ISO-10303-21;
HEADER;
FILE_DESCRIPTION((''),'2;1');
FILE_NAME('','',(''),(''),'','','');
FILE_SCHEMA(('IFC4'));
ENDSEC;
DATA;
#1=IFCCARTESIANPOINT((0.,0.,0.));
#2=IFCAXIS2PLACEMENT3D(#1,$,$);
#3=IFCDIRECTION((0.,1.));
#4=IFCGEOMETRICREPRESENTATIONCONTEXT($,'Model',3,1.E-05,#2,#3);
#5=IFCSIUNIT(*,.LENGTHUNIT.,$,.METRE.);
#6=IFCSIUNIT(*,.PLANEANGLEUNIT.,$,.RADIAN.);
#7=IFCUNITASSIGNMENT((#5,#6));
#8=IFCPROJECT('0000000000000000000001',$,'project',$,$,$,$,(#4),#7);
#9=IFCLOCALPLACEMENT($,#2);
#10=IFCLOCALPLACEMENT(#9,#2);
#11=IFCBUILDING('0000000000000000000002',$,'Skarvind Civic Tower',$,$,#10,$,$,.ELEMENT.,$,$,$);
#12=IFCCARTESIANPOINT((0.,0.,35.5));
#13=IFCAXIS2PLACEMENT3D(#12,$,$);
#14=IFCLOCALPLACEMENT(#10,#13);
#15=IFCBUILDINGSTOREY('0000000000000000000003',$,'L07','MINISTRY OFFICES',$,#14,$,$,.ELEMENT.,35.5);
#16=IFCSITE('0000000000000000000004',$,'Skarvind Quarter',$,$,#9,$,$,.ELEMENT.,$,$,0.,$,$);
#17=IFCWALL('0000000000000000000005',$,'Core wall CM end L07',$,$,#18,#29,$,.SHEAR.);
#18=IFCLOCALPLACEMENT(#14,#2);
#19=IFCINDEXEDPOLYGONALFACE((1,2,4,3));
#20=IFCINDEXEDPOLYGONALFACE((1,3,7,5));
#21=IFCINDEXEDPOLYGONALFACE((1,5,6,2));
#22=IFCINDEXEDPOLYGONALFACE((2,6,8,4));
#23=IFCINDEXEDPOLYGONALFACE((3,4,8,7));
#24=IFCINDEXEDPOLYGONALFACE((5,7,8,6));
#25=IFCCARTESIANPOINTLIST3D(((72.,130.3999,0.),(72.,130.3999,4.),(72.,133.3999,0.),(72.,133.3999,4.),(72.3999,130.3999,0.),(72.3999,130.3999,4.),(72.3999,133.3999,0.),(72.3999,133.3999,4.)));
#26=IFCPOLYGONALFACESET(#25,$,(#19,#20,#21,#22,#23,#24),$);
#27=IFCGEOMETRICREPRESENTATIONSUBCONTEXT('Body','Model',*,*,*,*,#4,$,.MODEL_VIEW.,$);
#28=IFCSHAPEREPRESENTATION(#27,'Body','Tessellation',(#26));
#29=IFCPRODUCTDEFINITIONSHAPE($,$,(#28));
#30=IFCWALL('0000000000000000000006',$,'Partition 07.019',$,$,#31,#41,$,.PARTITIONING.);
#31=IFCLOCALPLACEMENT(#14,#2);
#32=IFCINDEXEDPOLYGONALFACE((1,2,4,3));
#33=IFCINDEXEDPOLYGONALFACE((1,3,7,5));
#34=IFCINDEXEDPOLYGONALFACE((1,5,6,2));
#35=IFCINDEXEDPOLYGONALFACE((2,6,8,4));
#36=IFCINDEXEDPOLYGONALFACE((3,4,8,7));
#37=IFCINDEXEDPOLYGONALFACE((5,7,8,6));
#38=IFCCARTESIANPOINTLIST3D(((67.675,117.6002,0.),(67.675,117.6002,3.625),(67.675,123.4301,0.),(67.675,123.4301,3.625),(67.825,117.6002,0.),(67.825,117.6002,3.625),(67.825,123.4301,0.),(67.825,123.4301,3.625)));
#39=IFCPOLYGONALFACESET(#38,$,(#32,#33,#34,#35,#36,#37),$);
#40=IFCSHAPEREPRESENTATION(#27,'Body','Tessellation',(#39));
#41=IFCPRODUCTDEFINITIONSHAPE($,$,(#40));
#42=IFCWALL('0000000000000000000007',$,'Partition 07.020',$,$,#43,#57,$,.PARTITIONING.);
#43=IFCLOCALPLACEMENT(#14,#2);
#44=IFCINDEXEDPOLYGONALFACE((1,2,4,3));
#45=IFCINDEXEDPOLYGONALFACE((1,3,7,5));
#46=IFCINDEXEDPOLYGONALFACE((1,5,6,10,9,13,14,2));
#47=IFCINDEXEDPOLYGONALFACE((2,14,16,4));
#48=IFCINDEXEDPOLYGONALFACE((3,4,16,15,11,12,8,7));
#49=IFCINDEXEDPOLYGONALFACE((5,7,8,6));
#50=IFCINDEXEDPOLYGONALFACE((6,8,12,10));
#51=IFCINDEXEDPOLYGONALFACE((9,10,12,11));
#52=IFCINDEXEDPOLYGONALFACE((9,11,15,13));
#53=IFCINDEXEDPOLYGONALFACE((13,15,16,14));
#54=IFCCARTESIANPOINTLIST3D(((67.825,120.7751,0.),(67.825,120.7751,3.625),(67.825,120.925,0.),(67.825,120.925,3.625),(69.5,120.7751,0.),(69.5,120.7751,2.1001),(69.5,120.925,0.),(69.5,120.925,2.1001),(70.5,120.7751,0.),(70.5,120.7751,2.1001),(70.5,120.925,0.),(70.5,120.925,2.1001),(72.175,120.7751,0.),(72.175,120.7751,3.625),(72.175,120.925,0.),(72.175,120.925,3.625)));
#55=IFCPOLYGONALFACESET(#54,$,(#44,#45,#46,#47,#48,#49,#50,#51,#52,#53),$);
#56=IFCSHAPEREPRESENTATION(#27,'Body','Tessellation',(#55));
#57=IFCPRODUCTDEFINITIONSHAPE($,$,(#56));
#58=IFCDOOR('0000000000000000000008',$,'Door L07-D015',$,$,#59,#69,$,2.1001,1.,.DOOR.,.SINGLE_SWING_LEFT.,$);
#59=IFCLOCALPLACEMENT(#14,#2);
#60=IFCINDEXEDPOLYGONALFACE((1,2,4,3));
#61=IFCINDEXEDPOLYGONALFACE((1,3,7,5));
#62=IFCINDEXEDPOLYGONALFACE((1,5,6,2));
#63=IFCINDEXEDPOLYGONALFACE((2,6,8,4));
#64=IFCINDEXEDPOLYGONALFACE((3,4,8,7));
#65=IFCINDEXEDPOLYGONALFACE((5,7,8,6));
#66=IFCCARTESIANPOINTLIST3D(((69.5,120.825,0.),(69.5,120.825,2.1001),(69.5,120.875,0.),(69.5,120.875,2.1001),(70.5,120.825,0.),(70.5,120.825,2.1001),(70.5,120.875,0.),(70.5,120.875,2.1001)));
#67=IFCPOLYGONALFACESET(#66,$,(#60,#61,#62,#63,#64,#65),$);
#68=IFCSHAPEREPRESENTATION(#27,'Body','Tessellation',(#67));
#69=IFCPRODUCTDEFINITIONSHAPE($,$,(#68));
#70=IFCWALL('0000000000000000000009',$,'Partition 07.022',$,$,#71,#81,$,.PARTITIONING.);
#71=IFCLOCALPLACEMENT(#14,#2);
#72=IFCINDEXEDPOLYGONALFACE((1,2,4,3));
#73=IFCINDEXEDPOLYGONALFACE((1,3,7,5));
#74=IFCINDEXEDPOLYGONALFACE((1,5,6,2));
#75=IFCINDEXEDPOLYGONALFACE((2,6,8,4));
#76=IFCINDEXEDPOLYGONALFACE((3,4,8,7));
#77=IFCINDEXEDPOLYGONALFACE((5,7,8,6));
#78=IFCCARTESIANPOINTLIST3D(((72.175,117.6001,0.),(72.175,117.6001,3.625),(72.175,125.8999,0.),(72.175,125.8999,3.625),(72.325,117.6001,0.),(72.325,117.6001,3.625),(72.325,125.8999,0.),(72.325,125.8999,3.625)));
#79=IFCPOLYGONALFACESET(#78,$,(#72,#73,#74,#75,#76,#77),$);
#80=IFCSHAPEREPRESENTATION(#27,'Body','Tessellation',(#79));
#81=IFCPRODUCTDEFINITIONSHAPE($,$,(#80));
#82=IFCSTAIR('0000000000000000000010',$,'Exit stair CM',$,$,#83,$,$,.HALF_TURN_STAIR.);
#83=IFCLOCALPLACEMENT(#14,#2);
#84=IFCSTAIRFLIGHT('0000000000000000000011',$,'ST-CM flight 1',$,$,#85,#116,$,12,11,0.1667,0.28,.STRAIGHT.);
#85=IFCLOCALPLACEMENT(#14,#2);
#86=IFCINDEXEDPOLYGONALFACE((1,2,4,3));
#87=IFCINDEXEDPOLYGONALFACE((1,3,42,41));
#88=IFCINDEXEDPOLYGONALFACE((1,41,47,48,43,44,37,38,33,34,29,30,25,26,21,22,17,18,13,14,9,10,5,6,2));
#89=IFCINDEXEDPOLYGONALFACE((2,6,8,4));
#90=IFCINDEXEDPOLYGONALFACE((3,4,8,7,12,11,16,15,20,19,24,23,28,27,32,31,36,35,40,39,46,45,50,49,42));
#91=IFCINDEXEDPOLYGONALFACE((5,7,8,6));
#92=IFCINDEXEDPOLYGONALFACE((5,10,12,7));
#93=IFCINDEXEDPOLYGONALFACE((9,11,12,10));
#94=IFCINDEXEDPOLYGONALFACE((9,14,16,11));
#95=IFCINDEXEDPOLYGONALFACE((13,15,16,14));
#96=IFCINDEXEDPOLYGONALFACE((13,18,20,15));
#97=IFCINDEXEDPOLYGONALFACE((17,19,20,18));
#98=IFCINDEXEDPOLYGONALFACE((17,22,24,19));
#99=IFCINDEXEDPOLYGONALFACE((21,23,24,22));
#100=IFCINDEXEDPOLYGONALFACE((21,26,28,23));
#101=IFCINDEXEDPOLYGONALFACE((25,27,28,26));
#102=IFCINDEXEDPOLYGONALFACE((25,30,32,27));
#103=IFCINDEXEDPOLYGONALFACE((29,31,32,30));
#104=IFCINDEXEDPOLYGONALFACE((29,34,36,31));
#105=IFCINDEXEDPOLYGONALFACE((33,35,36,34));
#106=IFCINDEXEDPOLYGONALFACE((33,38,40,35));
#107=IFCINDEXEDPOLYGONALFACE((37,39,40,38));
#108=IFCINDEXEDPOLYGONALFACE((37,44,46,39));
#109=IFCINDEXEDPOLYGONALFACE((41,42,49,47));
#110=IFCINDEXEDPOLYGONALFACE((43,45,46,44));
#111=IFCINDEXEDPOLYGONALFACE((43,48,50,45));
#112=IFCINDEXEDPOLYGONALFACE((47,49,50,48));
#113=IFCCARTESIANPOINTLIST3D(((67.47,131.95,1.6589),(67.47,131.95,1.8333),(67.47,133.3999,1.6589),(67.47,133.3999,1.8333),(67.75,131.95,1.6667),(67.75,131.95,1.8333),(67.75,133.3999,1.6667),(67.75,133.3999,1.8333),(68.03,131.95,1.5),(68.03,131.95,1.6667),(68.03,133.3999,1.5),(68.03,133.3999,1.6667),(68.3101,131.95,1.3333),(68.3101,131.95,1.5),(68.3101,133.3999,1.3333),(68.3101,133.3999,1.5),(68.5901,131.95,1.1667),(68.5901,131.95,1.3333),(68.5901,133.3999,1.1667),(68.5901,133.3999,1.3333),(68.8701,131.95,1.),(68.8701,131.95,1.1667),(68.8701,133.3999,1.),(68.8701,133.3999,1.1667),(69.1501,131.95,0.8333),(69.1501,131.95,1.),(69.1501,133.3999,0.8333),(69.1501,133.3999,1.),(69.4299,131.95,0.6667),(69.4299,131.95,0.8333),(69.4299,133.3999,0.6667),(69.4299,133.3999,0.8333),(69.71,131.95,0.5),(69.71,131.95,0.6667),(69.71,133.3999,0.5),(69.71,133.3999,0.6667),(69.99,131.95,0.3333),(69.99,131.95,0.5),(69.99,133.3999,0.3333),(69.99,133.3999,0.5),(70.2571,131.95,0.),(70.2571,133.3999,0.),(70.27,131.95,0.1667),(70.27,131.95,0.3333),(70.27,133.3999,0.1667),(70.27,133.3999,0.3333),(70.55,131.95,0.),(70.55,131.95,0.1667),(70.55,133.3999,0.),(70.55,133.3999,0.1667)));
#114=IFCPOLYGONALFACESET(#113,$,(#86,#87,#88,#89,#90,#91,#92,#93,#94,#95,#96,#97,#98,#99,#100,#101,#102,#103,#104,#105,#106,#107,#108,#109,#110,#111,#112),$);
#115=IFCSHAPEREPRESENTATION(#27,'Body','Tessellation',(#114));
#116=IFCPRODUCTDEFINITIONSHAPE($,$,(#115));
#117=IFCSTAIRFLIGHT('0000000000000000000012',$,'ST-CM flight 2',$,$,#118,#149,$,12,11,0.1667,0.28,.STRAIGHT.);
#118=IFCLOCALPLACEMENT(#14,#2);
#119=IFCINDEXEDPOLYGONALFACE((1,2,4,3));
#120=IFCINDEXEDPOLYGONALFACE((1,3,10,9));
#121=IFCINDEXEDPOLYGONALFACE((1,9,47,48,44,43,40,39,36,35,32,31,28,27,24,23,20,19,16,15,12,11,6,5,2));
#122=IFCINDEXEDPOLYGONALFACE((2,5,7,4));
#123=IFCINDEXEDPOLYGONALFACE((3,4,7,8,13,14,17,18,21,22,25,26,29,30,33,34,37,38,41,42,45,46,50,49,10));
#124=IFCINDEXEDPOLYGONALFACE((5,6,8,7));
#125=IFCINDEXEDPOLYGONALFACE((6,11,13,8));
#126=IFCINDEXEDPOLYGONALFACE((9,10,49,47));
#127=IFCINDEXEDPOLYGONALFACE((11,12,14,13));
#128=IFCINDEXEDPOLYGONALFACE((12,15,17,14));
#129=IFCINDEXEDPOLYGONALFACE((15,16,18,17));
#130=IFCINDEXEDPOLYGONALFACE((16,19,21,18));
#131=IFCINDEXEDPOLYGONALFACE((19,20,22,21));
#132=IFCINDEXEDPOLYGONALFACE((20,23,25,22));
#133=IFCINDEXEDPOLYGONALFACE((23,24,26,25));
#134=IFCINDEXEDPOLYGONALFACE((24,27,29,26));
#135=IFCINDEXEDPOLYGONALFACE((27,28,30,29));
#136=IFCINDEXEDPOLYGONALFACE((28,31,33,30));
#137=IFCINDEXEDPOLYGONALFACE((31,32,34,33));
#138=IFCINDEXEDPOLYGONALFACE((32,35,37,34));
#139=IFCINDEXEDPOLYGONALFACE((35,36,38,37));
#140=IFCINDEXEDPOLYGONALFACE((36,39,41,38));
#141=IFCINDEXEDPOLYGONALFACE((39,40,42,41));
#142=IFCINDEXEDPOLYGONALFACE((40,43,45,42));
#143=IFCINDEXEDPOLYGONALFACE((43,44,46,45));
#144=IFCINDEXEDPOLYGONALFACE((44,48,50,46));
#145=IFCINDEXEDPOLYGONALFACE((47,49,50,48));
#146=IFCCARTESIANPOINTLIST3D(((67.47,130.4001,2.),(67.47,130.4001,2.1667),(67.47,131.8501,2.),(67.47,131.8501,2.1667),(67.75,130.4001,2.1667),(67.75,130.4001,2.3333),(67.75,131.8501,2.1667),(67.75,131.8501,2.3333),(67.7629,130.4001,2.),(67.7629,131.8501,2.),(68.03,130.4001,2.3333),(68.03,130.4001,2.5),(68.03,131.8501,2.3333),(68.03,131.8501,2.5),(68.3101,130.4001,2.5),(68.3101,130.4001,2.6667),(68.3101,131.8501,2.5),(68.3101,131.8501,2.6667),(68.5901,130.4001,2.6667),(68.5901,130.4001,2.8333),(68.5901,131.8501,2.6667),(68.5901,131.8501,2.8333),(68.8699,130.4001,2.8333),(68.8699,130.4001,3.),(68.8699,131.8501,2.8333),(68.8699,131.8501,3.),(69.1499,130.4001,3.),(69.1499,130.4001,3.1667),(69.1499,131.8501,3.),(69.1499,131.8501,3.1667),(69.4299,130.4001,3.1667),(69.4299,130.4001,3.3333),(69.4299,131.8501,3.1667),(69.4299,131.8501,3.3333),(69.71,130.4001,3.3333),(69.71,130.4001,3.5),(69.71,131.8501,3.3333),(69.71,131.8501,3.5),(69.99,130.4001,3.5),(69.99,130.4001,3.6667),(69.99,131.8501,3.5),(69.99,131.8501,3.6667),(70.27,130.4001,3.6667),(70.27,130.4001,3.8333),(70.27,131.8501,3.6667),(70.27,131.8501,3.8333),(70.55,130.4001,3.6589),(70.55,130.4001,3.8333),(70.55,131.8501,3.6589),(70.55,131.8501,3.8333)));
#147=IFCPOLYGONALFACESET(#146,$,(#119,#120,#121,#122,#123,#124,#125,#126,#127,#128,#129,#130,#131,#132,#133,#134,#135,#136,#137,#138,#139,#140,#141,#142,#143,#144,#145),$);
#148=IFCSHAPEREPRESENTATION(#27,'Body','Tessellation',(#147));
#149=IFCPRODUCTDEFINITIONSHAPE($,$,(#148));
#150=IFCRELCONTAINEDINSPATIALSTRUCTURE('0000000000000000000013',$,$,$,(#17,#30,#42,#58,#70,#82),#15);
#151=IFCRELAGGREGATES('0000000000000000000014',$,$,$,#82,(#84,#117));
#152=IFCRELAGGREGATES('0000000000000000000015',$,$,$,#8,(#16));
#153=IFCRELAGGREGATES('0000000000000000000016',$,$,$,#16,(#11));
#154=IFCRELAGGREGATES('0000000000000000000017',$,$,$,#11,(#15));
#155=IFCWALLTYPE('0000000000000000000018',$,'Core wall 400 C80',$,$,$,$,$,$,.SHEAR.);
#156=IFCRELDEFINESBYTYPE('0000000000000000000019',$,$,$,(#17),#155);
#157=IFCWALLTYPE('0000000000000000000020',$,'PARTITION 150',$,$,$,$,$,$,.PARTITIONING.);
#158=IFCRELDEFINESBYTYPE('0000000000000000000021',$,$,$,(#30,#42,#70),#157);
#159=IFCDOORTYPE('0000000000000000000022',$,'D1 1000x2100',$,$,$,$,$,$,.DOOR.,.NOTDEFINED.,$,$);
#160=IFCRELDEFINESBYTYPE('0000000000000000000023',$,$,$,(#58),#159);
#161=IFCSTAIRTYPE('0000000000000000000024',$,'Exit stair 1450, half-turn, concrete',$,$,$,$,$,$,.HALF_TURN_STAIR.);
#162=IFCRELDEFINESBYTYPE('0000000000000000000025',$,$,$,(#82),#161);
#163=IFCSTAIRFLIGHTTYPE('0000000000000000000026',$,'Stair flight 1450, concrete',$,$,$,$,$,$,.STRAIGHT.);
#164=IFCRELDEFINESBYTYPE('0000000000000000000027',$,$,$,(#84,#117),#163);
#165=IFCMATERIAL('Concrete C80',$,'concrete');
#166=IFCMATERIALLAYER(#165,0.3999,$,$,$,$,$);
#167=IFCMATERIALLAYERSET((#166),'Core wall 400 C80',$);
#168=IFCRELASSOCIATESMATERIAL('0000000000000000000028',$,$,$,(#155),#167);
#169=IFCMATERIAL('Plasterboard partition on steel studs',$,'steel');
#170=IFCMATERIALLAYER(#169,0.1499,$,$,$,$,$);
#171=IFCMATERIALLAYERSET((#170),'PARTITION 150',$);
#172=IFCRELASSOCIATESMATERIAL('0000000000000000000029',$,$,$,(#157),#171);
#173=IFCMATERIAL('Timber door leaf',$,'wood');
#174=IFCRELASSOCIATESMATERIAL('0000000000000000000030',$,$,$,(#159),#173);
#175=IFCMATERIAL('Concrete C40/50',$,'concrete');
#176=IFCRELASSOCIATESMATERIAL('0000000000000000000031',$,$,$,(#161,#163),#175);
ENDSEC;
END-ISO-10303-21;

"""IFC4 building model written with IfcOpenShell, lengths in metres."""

from ifc_helpers import new_model, si_unit, direction, frame, frame_2d, origin, place, context, subcontext, project, spatial, polyline, rectangle, outline, extrude, material, layer, layer_set, type_object, element, fill, aggregate, save


model = new_model("IFC4")

# Units and contexts
model_context = context("Model", 3, precision=1e-05, world=origin(), true_north=direction((0.0, 1.0)))
body_context = subcontext(model_context, "Body", "Model", "MODEL_VIEW")
ifc_project = project(units=[si_unit("LENGTHUNIT", "METRE"), si_unit("PLANEANGLEUNIT", "RADIAN")], contexts=[model_context])

# Site, building, storey
site_placement = place(None, origin())
site = spatial("IfcSite", under=ifc_project, at=site_placement, Name="Skarvind Quarter", CompositionType="ELEMENT", RefElevation=0.0)
building_placement = place(site_placement, origin())
building = spatial("IfcBuilding", under=site, at=building_placement, Name="Skarvind Civic Tower", CompositionType="ELEMENT")
storey_placement = place(building_placement, frame((0.0, 0.0, 35.5)))
storey = spatial("IfcBuildingStorey", under=building, at=storey_placement, Name="L07", Description="MINISTRY OFFICES", CompositionType="ELEMENT", Elevation=35.5)

# Shared definitions
ifc_material_1 = material(Name="Concrete C80", Category="concrete")

# Shared definitions
ifc_layer_1 = layer(ifc_material_1, 0.3999)
ifc_layer_set_1 = layer_set([ifc_layer_1], Name="Core wall 400 C80")
wall_type_1 = type_object("IfcWallType", Name="Core wall 400 C80", PredefinedType="SHEAR", material=ifc_layer_set_1)

# Walls
for number, where, z_axis, x_axis, name in (
    (1, (72.2, 130.3999, 0.0), (0.0, 0.0, 1.0), (0.0, 1.0, 0.0), "Core wall CM end L07"),
):
    element("IfcWall", number, at=place(storey_placement, frame(where, z_axis=z_axis, x_axis=x_axis)), inside=storey, type_object=wall_type_1, Name=name, PredefinedType="SHEAR", context=body_context, shape_type="SweptSolid", body=[
        extrude(rectangle(XDim=3.0, YDim=0.3999, at=frame_2d((1.5, 0.0))), origin(), (0.0, 0.0, 1.0), 4.0),
    ])
ifc_material_2 = material(Name="Plasterboard partition on steel studs", Category="steel")
ifc_layer_2 = layer(ifc_material_2, 0.1499)
ifc_layer_set_2 = layer_set([ifc_layer_2], Name="PARTITION 150")
wall_type_2 = type_object("IfcWallType", Name="PARTITION 150", PredefinedType="PARTITIONING", material=ifc_layer_set_2)
wall_1_placement = place(storey_placement, frame((67.75, 117.6001, 0.0), z_axis=(0.0, 0.0, 1.0), x_axis=(0.0, 1.0, 0.0)))
element("IfcWall", 2, at=wall_1_placement, inside=storey, type_object=wall_type_2, Name="Partition 07.019", PredefinedType="PARTITIONING", context=body_context, shape_type="SweptSolid", body=[
    extrude(rectangle(XDim=5.8298, YDim=0.1499, at=frame_2d((2.915, 0.0))), origin(), (0.0, 0.0, 1.0), 3.625),
])

# Wall, opening, door
wall_2_placement = place(storey_placement, frame((67.825, 120.8501, 0.0), z_axis=(0.0, 0.0, 1.0), x_axis=(1.0, 0.0, 0.0)))
wall_2 = element("IfcWall", 3, at=wall_2_placement, inside=storey, type_object=wall_type_2, Name="Partition 07.020", PredefinedType="PARTITIONING", context=body_context, shape_type="SweptSolid", body=[
    extrude(rectangle(XDim=4.3501, YDim=0.1499, at=frame_2d((2.175, 0.0))), origin(), (0.0, 0.0, 1.0), 3.625),
])
opening_1_placement = place(wall_2_placement, frame((1.675, 0.0, 0.0)))
opening_1 = element("IfcOpeningElement", 4, at=opening_1_placement, cuts=wall_2, PredefinedType="OPENING", context=body_context, shape_type="SweptSolid", body=[
    extrude(rectangle(XDim=1.0, YDim=2.1001, at=frame_2d((0.5, 1.05))), frame((0.0, 0.085, 0.0), z_axis=(0.0, -1.0, 0.0), x_axis=(1.0, 0.0, 0.0)), (0.0, 0.0, 1.0), 0.1699),
])
ifc_material_3 = material(Name="Timber door leaf", Category="wood")
door_type_1 = type_object("IfcDoorType", Name="D1 1000x2100", OperationType="NOTDEFINED", PredefinedType="DOOR", material=ifc_material_3)
door_1_placement = place(opening_1_placement, origin())
door_1 = element("IfcDoor", 5, at=door_1_placement, inside=storey, type_object=door_type_1, Name="Door L07-D015", OperationType="SINGLE_SWING_LEFT", OverallHeight=2.1001, OverallWidth=1.0, PredefinedType="DOOR", context=body_context, shape_type="SweptSolid", body=[
    extrude(rectangle(XDim=1.0, YDim=2.1001, at=frame_2d((0.5, 1.05))), frame((0.0, 0.0249, 0.0), z_axis=(0.0, -1.0, 0.0), x_axis=(1.0, 0.0, 0.0)), (0.0, 0.0, 1.0), 0.05),
])
fill(opening_1, door_1)

# Wall
wall_3_placement = place(storey_placement, frame((72.25, 117.6001, 0.0), z_axis=(0.0, 0.0, 1.0), x_axis=(0.0, 1.0, 0.0)))
element("IfcWall", 6, at=wall_3_placement, inside=storey, type_object=wall_type_2, Name="Partition 07.022", PredefinedType="PARTITIONING", context=body_context, shape_type="SweptSolid", body=[
    extrude(rectangle(XDim=8.2998, YDim=0.1499, at=frame_2d((4.1499, 0.0))), origin(), (0.0, 0.0, 1.0), 3.625),
])

# Stair, stair flights
ifc_material_4 = material(Name="Concrete C40/50", Category="concrete")
stair_type = type_object("IfcStairType", Name="Exit stair 1450, half-turn, concrete", PredefinedType="HALF_TURN_STAIR", material=ifc_material_4)
stair_placement = place(storey_placement, origin())
stair = element("IfcStair", 7, at=stair_placement, inside=storey, type_object=stair_type, Name="Exit stair CM", PredefinedType="HALF_TURN_STAIR")
stair_flight_type = type_object("IfcStairFlightType", Name="Stair flight 1450, concrete", PredefinedType="STRAIGHT", material=ifc_material_4)
stair_flight_1_placement = place(storey_placement, frame((70.55, 132.675, 0.0), z_axis=(0.0, 0.0, 1.0), x_axis=(-1.0, 0.0, 0.0)))
stair_flight_1 = element("IfcStairFlight", 8, at=stair_flight_1_placement, type_object=stair_flight_type, Name="ST-CM flight 1", NumberOfRisers=12, NumberOfTreads=11, PredefinedType="STRAIGHT", RiserHeight=0.1667, TreadLength=0.28, context=body_context, shape_type="SweptSolid", body=[
    extrude(outline(polyline([(0.0, 0.0), (0.0, 0.1667), (0.28, 0.1667), (0.28, 0.3333), (0.5601, 0.3333), (0.5601, 0.5), (0.8401, 0.5), (0.8401, 0.6667), (1.1201, 0.6667), (1.1201, 0.8333), (1.3999, 0.8333), (1.3999, 1.0), (1.6799, 1.0), (1.6799, 1.1667), (1.96, 1.1667), (1.96, 1.3333), (2.24, 1.3333), (2.24, 1.5), (2.52, 1.5), (2.52, 1.6667), (2.8, 1.6667), (2.8, 1.8333), (3.0801, 1.8333), (3.0801, 2.0), (3.0801, 1.6589), (0.293, 0.0), (0.0, 0.0)])), frame((0.0, 0.7251, 0.0), z_axis=(0.0, -1.0, 0.0), x_axis=(1.0, 0.0, 0.0)), (0.0, 0.0, 1.0), 1.45),
])
stair_flight_2_placement = place(storey_placement, frame((67.47, 131.125, 2.0), z_axis=(0.0, 0.0, 1.0), x_axis=(1.0, 0.0, 0.0)))
stair_flight_2 = element("IfcStairFlight", 9, at=stair_flight_2_placement, type_object=stair_flight_type, Name="ST-CM flight 2", NumberOfRisers=12, NumberOfTreads=11, PredefinedType="STRAIGHT", RiserHeight=0.1667, TreadLength=0.28, context=body_context, shape_type="SweptSolid", body=[
    extrude(outline(polyline([(0.0, 0.0), (0.0, 0.1667), (0.28, 0.1667), (0.28, 0.3333), (0.5601, 0.3333), (0.5601, 0.5), (0.8401, 0.5), (0.8401, 0.6667), (1.1201, 0.6667), (1.1201, 0.8333), (1.3999, 0.8333), (1.3999, 1.0), (1.6799, 1.0), (1.6799, 1.1667), (1.96, 1.1667), (1.96, 1.3333), (2.24, 1.3333), (2.24, 1.5), (2.52, 1.5), (2.52, 1.6667), (2.8, 1.6667), (2.8, 1.8333), (3.0801, 1.8333), (3.0801, 2.0), (3.0801, 1.6589), (0.293, 0.0), (0.0, 0.0)])), frame((0.0, 0.7251, 0.0), z_axis=(0.0, -1.0, 0.0), x_axis=(1.0, 0.0, 0.0)), (0.0, 0.0, 1.0), 1.45),
])
aggregate(stair, [stair_flight_1, stair_flight_2])

save(model, "model.ifc")
